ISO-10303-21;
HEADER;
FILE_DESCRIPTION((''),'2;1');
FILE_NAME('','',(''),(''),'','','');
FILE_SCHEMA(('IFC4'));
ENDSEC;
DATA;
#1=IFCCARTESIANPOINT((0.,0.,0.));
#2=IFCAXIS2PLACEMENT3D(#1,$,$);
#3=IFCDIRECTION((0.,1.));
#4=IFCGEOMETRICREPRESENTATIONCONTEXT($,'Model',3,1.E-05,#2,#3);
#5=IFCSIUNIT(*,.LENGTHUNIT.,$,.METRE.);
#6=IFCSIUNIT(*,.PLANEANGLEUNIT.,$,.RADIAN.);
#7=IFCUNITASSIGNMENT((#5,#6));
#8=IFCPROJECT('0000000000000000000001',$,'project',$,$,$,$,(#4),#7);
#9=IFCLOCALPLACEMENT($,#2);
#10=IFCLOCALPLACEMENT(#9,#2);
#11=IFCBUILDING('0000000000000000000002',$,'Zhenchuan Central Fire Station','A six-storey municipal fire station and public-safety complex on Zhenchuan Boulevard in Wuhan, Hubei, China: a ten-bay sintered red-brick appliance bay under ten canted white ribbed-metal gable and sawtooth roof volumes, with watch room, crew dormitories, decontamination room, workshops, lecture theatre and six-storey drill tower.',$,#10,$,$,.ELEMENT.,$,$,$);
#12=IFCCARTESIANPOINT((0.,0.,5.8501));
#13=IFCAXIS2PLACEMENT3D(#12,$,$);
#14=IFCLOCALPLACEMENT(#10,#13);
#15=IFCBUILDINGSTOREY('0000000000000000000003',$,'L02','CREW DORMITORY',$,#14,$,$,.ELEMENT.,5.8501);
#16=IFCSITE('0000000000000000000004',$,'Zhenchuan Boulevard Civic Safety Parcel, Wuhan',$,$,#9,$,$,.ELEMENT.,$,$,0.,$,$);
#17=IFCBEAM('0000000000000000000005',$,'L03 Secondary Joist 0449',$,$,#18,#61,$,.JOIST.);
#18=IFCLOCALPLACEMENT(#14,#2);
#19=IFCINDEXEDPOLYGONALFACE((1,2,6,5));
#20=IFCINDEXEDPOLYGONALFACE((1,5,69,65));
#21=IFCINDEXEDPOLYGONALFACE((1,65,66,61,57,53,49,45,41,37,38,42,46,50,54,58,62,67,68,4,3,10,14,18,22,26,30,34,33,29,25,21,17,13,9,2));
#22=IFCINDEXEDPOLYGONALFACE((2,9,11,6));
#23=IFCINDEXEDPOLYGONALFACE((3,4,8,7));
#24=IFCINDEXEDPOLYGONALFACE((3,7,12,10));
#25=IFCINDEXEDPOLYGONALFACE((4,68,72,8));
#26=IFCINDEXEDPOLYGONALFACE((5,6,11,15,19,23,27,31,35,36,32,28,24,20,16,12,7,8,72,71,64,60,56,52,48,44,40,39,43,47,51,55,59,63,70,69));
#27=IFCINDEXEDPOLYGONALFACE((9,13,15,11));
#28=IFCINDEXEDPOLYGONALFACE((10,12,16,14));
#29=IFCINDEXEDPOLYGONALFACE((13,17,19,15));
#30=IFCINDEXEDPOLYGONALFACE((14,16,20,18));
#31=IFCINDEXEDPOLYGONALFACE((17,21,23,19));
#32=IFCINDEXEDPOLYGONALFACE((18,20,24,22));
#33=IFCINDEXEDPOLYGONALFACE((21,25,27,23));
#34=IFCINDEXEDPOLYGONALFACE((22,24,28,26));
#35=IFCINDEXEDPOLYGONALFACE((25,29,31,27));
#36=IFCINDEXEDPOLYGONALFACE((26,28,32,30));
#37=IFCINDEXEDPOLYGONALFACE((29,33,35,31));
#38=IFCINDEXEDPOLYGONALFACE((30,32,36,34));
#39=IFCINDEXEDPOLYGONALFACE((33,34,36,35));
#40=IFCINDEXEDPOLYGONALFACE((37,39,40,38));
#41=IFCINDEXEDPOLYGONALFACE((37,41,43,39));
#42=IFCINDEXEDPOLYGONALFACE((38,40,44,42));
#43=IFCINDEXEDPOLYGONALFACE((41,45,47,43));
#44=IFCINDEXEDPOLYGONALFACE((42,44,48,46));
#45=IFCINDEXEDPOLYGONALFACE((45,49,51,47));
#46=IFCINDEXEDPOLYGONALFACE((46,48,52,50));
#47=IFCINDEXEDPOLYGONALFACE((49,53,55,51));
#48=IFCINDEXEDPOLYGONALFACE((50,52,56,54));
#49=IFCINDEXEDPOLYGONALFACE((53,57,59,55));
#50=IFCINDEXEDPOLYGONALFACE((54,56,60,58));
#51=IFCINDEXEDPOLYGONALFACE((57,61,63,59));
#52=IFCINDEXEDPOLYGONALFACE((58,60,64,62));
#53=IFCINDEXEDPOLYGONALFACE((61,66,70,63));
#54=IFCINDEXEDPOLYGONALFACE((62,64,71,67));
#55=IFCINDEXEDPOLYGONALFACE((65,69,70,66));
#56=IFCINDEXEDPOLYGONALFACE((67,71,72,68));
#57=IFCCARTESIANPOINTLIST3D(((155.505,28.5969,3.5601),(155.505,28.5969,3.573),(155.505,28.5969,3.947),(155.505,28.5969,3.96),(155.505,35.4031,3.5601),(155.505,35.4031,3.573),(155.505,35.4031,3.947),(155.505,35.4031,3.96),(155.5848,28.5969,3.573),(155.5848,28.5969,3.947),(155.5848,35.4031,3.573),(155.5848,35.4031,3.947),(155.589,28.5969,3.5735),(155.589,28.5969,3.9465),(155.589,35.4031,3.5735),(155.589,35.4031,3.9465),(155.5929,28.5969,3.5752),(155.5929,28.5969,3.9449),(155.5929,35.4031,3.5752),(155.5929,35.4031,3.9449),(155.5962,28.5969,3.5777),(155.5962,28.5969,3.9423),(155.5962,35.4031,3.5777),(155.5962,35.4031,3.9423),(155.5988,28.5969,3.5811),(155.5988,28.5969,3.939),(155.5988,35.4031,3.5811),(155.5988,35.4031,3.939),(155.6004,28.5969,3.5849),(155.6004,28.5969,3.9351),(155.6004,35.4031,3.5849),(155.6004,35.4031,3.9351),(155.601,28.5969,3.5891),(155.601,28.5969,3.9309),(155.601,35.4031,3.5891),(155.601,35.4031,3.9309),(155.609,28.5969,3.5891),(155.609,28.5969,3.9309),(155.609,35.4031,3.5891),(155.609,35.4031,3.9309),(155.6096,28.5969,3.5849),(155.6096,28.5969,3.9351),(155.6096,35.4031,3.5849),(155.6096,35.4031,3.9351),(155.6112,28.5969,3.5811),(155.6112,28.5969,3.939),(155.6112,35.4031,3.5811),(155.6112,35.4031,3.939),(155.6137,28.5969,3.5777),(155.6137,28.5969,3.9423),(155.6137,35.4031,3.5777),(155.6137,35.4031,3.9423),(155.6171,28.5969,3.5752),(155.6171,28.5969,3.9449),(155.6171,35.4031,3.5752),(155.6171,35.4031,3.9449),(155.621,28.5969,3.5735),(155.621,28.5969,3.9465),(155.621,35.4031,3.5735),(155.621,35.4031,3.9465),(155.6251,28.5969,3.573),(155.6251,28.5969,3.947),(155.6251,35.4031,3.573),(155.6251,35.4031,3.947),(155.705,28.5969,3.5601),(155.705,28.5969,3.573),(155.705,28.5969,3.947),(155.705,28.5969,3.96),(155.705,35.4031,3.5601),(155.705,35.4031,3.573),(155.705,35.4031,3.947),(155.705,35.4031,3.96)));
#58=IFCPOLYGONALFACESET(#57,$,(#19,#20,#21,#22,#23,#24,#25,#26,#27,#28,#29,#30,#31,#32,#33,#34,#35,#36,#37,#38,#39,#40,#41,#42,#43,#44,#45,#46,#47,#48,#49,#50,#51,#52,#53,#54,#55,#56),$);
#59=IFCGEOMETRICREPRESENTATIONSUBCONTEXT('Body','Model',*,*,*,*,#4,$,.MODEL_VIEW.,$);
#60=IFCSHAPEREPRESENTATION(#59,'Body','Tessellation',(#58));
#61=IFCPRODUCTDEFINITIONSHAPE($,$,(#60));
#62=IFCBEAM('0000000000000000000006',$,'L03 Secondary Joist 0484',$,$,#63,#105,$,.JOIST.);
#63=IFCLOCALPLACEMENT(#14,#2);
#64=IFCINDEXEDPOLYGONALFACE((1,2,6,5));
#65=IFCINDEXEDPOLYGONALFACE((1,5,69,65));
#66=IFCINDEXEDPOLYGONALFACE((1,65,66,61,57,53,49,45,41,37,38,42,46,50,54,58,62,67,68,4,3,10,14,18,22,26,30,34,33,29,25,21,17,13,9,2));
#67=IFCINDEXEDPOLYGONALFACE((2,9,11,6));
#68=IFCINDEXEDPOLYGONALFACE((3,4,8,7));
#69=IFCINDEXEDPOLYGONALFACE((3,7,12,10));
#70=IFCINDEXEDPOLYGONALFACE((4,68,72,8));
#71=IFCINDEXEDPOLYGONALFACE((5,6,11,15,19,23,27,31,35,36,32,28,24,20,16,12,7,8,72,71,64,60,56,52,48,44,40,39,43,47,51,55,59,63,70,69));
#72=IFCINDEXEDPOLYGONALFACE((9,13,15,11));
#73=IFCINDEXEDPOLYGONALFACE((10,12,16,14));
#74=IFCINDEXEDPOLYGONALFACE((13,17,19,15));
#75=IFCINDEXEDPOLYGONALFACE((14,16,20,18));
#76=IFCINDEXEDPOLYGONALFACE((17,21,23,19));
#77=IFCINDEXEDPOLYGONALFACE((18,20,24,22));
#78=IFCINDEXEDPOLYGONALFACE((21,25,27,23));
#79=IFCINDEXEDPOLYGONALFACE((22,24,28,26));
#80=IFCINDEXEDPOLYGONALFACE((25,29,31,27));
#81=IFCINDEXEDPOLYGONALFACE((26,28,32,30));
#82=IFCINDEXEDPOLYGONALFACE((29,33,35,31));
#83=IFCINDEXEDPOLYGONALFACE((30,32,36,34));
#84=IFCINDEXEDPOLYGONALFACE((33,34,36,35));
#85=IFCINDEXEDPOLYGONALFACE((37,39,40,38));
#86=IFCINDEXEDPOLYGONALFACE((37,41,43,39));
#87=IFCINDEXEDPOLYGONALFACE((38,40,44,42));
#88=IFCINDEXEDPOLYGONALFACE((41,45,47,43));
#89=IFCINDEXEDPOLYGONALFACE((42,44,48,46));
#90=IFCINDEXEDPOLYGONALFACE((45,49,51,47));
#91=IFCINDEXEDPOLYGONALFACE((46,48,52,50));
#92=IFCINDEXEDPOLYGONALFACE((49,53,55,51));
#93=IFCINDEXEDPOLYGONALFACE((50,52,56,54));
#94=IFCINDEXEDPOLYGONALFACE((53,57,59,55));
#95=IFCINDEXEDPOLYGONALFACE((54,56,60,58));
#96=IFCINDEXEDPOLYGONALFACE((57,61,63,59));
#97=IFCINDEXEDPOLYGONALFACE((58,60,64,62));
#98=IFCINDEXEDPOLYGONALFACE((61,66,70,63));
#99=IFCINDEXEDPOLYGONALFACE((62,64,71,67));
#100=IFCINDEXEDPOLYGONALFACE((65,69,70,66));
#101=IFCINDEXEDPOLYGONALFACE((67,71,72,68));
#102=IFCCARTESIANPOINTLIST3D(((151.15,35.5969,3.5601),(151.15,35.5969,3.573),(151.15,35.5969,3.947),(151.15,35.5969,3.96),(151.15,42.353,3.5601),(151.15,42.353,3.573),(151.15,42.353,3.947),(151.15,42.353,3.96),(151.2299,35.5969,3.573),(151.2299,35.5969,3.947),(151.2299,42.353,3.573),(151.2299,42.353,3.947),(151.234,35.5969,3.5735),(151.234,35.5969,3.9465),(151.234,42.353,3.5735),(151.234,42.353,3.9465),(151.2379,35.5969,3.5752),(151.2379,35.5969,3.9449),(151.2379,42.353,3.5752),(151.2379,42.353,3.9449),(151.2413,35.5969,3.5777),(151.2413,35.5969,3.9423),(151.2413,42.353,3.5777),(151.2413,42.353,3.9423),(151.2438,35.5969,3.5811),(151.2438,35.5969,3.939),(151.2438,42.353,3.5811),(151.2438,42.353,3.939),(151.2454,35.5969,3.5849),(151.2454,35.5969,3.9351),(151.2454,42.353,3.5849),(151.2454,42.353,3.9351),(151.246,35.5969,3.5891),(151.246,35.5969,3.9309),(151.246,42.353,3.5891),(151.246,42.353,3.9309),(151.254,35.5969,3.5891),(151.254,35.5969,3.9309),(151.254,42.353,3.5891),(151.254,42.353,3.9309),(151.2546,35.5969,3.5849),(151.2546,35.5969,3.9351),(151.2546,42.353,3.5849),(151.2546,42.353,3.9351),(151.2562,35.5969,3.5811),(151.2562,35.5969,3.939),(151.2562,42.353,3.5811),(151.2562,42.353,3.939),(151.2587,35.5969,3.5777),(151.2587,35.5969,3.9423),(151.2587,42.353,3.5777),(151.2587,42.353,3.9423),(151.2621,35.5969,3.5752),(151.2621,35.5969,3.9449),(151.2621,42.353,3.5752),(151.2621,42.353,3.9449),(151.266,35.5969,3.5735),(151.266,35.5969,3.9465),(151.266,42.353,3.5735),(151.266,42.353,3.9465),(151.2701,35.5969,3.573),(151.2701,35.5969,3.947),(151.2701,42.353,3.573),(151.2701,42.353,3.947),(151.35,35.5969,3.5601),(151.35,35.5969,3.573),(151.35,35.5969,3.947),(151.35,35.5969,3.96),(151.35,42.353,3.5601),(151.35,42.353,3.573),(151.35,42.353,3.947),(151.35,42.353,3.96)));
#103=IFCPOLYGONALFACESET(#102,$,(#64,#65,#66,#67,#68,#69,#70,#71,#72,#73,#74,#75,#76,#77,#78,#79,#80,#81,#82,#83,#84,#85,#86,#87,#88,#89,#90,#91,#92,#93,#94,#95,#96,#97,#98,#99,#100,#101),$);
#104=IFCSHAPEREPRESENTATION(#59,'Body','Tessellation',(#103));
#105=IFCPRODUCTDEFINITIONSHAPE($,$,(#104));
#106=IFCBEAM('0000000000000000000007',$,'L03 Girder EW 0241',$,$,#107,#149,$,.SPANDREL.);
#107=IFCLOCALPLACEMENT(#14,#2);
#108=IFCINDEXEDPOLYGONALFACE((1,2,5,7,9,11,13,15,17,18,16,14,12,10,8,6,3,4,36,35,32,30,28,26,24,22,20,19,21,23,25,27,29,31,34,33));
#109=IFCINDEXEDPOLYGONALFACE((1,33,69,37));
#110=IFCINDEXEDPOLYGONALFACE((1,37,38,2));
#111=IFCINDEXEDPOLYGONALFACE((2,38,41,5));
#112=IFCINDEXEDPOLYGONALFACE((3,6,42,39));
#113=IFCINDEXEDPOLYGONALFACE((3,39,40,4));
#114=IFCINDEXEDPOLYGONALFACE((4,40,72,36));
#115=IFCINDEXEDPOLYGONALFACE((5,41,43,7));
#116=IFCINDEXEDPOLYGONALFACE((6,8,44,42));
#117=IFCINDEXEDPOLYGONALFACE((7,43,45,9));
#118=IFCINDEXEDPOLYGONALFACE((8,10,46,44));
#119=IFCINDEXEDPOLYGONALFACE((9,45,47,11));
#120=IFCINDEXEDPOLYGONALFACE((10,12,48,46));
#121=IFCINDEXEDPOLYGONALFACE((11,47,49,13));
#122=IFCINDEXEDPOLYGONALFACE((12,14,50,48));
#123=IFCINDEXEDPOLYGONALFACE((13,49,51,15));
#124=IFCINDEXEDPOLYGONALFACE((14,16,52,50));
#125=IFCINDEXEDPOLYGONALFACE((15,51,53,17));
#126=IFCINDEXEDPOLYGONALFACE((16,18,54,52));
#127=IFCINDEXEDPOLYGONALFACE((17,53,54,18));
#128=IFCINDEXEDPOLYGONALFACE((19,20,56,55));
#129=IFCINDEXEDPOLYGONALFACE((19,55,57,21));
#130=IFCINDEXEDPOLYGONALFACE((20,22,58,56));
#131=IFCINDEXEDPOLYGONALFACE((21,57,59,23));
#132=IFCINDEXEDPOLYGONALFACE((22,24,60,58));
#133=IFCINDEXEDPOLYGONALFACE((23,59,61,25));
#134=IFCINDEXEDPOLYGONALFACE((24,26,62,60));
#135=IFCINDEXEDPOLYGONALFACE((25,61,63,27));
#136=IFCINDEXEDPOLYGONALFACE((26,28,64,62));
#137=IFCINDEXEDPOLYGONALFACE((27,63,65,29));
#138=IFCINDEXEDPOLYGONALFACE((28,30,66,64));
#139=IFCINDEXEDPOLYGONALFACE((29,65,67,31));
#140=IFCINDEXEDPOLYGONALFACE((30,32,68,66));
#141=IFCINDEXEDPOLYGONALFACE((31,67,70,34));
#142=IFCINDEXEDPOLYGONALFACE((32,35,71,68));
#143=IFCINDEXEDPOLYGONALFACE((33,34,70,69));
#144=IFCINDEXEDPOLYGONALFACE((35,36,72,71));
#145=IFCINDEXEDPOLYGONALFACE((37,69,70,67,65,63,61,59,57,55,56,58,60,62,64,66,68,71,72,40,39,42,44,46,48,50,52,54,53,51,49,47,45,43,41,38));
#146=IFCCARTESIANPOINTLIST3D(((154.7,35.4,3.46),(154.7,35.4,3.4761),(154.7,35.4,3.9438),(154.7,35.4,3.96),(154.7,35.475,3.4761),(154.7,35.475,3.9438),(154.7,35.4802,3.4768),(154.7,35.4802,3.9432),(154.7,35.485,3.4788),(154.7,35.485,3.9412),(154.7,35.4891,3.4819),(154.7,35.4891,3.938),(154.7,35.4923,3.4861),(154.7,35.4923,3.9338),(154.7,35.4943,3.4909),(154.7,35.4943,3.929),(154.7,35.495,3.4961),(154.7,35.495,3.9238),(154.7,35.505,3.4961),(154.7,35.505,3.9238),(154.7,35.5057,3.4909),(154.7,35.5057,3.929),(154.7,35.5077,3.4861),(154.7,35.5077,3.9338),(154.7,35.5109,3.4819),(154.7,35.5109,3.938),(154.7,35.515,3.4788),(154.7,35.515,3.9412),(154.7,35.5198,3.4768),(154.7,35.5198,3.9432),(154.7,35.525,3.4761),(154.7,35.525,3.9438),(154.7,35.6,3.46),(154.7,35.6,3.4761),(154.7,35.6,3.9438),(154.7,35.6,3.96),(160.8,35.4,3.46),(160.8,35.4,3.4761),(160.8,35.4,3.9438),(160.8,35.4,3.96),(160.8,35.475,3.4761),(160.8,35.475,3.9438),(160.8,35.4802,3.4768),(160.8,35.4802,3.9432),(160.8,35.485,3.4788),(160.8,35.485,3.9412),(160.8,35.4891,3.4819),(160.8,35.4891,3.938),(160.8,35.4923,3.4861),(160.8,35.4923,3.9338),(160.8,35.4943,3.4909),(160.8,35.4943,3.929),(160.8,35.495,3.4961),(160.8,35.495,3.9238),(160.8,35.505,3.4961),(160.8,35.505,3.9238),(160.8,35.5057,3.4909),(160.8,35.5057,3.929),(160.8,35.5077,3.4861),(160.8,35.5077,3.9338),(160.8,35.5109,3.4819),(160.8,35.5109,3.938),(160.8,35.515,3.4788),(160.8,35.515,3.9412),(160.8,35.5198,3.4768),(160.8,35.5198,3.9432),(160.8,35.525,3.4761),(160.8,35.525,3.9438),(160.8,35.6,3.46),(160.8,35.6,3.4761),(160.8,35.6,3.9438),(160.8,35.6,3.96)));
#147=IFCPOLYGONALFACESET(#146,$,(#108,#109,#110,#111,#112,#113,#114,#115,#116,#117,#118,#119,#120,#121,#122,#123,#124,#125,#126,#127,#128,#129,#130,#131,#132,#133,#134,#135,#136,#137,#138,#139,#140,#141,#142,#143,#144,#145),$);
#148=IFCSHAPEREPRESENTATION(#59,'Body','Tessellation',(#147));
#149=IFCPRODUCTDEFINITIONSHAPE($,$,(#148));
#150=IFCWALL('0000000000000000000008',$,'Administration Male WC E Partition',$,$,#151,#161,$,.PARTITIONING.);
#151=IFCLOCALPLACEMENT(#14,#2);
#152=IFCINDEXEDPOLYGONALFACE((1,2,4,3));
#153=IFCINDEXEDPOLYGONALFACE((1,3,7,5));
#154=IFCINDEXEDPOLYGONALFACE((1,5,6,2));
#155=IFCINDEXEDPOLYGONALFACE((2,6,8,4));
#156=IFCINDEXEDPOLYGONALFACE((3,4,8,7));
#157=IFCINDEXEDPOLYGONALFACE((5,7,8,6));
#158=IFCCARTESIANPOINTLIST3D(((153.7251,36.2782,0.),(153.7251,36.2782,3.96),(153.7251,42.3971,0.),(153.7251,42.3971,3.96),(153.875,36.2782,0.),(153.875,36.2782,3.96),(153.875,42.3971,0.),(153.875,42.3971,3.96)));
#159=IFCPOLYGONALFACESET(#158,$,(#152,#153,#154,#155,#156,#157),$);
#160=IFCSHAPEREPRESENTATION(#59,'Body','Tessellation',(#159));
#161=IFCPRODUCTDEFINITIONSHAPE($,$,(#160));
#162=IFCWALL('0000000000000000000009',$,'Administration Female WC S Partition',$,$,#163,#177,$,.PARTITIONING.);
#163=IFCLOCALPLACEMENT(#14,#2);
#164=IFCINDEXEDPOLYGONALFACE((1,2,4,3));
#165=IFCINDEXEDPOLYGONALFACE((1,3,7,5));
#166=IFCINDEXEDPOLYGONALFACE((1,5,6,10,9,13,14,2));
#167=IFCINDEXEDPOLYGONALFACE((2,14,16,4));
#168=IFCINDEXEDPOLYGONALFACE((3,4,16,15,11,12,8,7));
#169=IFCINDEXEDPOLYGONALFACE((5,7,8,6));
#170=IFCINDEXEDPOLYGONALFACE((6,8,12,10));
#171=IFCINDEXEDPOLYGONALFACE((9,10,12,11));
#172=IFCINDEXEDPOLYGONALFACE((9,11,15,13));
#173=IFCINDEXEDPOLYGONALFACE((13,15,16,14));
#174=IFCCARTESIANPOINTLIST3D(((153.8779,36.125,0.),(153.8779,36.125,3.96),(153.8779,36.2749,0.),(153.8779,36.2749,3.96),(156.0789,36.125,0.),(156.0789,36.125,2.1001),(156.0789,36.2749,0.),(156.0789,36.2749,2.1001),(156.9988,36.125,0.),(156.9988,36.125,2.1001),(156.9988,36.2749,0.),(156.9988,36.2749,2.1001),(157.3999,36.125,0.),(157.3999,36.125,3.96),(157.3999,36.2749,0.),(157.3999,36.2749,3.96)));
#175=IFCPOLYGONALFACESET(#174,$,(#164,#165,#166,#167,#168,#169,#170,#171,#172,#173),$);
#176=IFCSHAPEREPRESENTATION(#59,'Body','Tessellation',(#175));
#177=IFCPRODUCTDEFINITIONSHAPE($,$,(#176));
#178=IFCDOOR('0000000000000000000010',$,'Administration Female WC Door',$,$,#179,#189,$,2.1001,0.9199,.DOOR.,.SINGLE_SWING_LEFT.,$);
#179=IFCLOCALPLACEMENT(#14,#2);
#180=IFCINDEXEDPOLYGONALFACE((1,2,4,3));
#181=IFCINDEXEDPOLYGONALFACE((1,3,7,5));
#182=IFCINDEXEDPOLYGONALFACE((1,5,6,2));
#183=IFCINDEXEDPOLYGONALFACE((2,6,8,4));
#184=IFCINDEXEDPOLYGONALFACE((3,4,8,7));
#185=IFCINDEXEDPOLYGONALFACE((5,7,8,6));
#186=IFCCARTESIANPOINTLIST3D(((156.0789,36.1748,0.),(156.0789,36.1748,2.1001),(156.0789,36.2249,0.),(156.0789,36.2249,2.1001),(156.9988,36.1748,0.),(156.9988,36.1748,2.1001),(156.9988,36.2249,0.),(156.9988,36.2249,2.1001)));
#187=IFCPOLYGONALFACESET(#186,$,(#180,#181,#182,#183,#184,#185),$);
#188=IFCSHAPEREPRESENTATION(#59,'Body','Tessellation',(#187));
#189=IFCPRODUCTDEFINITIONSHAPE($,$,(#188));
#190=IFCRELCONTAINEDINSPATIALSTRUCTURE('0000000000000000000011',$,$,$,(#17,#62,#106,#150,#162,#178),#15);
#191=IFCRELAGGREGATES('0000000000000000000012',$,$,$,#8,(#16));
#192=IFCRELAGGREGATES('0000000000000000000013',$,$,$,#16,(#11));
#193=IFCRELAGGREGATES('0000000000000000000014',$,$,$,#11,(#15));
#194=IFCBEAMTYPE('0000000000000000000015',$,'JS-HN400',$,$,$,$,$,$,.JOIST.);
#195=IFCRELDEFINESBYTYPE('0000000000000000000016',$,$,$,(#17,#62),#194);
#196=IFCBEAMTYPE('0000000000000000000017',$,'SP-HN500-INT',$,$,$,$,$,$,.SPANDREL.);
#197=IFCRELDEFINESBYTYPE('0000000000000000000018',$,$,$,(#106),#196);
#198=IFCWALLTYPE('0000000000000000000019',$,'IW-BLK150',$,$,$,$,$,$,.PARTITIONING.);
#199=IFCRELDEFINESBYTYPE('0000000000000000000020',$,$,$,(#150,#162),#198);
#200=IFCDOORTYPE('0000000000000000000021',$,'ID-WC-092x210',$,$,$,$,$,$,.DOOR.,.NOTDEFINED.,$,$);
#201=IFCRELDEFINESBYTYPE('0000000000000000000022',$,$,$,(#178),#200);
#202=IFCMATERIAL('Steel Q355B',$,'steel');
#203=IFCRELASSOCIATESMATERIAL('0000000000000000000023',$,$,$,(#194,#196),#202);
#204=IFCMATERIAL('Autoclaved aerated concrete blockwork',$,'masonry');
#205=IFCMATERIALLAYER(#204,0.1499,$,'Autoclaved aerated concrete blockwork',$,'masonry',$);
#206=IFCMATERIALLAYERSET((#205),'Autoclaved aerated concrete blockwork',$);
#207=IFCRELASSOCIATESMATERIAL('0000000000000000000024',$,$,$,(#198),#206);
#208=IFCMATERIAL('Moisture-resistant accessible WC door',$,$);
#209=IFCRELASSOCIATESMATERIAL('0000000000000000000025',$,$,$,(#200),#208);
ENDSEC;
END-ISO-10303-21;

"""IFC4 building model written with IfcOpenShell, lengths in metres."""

from ifc_helpers import new_model, si_unit, direction, frame, frame_2d, origin, origin_2d, place, context, subcontext, project, spatial, rectangle, i_section, extrude, material, layer, layer_set, material_profile, profile_set, type_object, element, fill, save


model = new_model("IFC4")

# Units and contexts
model_context = context("Model", 3, precision=1e-05, world=origin(), true_north=direction((0.0, 1.0)))
body_context = subcontext(model_context, "Body", "Model", "MODEL_VIEW")
ifc_project = project(units=[si_unit("LENGTHUNIT", "METRE"), si_unit("PLANEANGLEUNIT", "RADIAN")], contexts=[model_context])

# Site, building, storey
site_placement = place(None, origin())
site = spatial("IfcSite", under=ifc_project, at=site_placement, Name="Zhenchuan Boulevard Civic Safety Parcel, Wuhan", CompositionType="ELEMENT", RefElevation=0.0)
building_placement = place(site_placement, origin())
building = spatial("IfcBuilding", under=site, at=building_placement, Name="Zhenchuan Central Fire Station", Description="A six-storey municipal fire station and public-safety complex on Zhenchuan Boulevard in Wuhan, Hubei, China: a ten-bay sintered red-brick appliance bay under ten canted white ribbed-metal gable and sawtooth roof volumes, with watch room, crew dormitories, decontamination room, workshops, lecture theatre and six-storey drill tower.", CompositionType="ELEMENT")
storey_placement = place(building_placement, frame((0.0, 0.0, 5.8501)))
storey = spatial("IfcBuildingStorey", under=building, at=storey_placement, Name="L02", Description="CREW DORMITORY", CompositionType="ELEMENT", Elevation=5.8501)

# Shared definitions
ifc_material_1 = material(Name="Steel Q355B", Category="steel")

# Beams
ifc_material_profile_1 = material_profile(ifc_material_1, i_section(OverallWidth=0.2, OverallDepth=0.3999, WebThickness=0.0081, FlangeThickness=0.0129, FilletRadius=0.0161, at=origin_2d()), Name="HN 400x200")
ifc_profile_set_1 = profile_set([ifc_material_profile_1], Name="Steel Q355B")
beam_type_1 = type_object("IfcBeamType", Name="JS-HN400", PredefinedType="JOIST", material=ifc_profile_set_1)
beam_1_placement = place(storey_placement, frame((155.605, 28.5969, 3.76), z_axis=(0.0, 1.0, 0.0), x_axis=(-1.0, 0.0, 0.0)))
element("IfcBeam", 1, at=beam_1_placement, inside=storey, type_object=beam_type_1, Name="L03 Secondary Joist 0449", PredefinedType="JOIST", context=body_context, shape_type="SweptSolid", body=[
    extrude(i_section(OverallWidth=0.2, OverallDepth=0.3999, WebThickness=0.0081, FlangeThickness=0.0129, FilletRadius=0.0161, at=origin_2d()), origin(), (0.0, 0.0, 1.0), 6.8062),
])
beam_2_placement = place(storey_placement, frame((151.25, 35.5969, 3.76), z_axis=(0.0, 1.0, 0.0), x_axis=(-1.0, 0.0, 0.0)))
element("IfcBeam", 2, at=beam_2_placement, inside=storey, type_object=beam_type_1, Name="L03 Secondary Joist 0484", PredefinedType="JOIST", context=body_context, shape_type="SweptSolid", body=[
    extrude(i_section(OverallWidth=0.2, OverallDepth=0.3999, WebThickness=0.0081, FlangeThickness=0.0129, FilletRadius=0.0161, at=origin_2d()), origin(), (0.0, 0.0, 1.0), 6.7561),
])
ifc_material_profile_2 = material_profile(ifc_material_1, i_section(OverallWidth=0.2, OverallDepth=0.5, WebThickness=0.01, FlangeThickness=0.0161, FilletRadius=0.02, at=origin_2d()), Name="HN 500x200")
ifc_profile_set_2 = profile_set([ifc_material_profile_2], Name="Steel Q355B")
beam_type_2 = type_object("IfcBeamType", Name="SP-HN500-INT", PredefinedType="SPANDREL", material=ifc_profile_set_2)
beam_3_placement = place(storey_placement, frame((154.7, 35.5, 3.71), z_axis=(1.0, 0.0, 0.0), x_axis=(0.0, 1.0, 0.0)))
element("IfcBeam", 3, at=beam_3_placement, inside=storey, type_object=beam_type_2, Name="L03 Girder EW 0241", PredefinedType="SPANDREL", context=body_context, shape_type="SweptSolid", body=[
    extrude(i_section(OverallWidth=0.2, OverallDepth=0.5, WebThickness=0.01, FlangeThickness=0.0161, FilletRadius=0.02, at=origin_2d()), origin(), (0.0, 0.0, 1.0), 6.1001),
])

# Wall
ifc_material_2 = material(Name="Autoclaved aerated concrete blockwork", Category="masonry")
ifc_layer_1 = layer(ifc_material_2, 0.1499, Name="Autoclaved aerated concrete blockwork", Category="masonry")
ifc_layer_set_1 = layer_set([ifc_layer_1], Name="Autoclaved aerated concrete blockwork")
wall_type_1 = type_object("IfcWallType", Name="IW-BLK150", PredefinedType="PARTITIONING", material=ifc_layer_set_1)
wall_1_placement = place(storey_placement, frame((153.8, 36.2781, 0.0), z_axis=(0.0, 0.0, 1.0), x_axis=(0.0, 1.0, 0.0)))
element("IfcWall", 4, at=wall_1_placement, inside=storey, type_object=wall_type_1, Name="Administration Male WC E Partition", PredefinedType="PARTITIONING", context=body_context, shape_type="SweptSolid", body=[
    extrude(rectangle(XDim=6.1189, YDim=0.1499, at=frame_2d((3.0596, 0.0))), origin(), (0.0, 0.0, 1.0), 3.96),
])

# Wall, opening, door
wall_2_placement = place(storey_placement, frame((153.8779, 36.2, 0.0), z_axis=(0.0, 0.0, 1.0), x_axis=(1.0, 0.0, 0.0)))
wall_2 = element("IfcWall", 5, at=wall_2_placement, inside=storey, type_object=wall_type_1, Name="Administration Female WC S Partition", PredefinedType="PARTITIONING", context=body_context, shape_type="SweptSolid", body=[
    extrude(rectangle(XDim=3.522, YDim=0.1499, at=frame_2d((1.761, 0.0))), origin(), (0.0, 0.0, 1.0), 3.96),
])
opening_1_placement = place(wall_2_placement, frame((2.2009, 0.0, 0.0)))
opening_1 = element("IfcOpeningElement", 6, at=opening_1_placement, cuts=wall_2, PredefinedType="OPENING", context=body_context, shape_type="SweptSolid", body=[
    extrude(rectangle(XDim=0.9199, YDim=2.1001, at=frame_2d((0.46, 1.05))), frame((0.0, 0.085, 0.0), z_axis=(0.0, -1.0, 0.0), x_axis=(1.0, 0.0, 0.0)), (0.0, 0.0, 1.0), 0.1699),
])
ifc_material_3 = material(Name="Moisture-resistant accessible WC door")
door_type_1 = type_object("IfcDoorType", Name="ID-WC-092x210", OperationType="NOTDEFINED", PredefinedType="DOOR", material=ifc_material_3)
door_1_placement = place(opening_1_placement, origin())
door_1 = element("IfcDoor", 7, at=door_1_placement, inside=storey, type_object=door_type_1, Name="Administration Female WC Door", OperationType="SINGLE_SWING_LEFT", OverallHeight=2.1001, OverallWidth=0.9199, PredefinedType="DOOR", context=body_context, shape_type="SweptSolid", body=[
    extrude(rectangle(XDim=0.9199, YDim=2.1001, at=frame_2d((0.46, 1.05))), frame((0.0, 0.0249, 0.0), z_axis=(0.0, -1.0, 0.0), x_axis=(1.0, 0.0, 0.0)), (0.0, 0.0, 1.0), 0.05),
])
fill(opening_1, door_1)

save(model, "model.ifc")
